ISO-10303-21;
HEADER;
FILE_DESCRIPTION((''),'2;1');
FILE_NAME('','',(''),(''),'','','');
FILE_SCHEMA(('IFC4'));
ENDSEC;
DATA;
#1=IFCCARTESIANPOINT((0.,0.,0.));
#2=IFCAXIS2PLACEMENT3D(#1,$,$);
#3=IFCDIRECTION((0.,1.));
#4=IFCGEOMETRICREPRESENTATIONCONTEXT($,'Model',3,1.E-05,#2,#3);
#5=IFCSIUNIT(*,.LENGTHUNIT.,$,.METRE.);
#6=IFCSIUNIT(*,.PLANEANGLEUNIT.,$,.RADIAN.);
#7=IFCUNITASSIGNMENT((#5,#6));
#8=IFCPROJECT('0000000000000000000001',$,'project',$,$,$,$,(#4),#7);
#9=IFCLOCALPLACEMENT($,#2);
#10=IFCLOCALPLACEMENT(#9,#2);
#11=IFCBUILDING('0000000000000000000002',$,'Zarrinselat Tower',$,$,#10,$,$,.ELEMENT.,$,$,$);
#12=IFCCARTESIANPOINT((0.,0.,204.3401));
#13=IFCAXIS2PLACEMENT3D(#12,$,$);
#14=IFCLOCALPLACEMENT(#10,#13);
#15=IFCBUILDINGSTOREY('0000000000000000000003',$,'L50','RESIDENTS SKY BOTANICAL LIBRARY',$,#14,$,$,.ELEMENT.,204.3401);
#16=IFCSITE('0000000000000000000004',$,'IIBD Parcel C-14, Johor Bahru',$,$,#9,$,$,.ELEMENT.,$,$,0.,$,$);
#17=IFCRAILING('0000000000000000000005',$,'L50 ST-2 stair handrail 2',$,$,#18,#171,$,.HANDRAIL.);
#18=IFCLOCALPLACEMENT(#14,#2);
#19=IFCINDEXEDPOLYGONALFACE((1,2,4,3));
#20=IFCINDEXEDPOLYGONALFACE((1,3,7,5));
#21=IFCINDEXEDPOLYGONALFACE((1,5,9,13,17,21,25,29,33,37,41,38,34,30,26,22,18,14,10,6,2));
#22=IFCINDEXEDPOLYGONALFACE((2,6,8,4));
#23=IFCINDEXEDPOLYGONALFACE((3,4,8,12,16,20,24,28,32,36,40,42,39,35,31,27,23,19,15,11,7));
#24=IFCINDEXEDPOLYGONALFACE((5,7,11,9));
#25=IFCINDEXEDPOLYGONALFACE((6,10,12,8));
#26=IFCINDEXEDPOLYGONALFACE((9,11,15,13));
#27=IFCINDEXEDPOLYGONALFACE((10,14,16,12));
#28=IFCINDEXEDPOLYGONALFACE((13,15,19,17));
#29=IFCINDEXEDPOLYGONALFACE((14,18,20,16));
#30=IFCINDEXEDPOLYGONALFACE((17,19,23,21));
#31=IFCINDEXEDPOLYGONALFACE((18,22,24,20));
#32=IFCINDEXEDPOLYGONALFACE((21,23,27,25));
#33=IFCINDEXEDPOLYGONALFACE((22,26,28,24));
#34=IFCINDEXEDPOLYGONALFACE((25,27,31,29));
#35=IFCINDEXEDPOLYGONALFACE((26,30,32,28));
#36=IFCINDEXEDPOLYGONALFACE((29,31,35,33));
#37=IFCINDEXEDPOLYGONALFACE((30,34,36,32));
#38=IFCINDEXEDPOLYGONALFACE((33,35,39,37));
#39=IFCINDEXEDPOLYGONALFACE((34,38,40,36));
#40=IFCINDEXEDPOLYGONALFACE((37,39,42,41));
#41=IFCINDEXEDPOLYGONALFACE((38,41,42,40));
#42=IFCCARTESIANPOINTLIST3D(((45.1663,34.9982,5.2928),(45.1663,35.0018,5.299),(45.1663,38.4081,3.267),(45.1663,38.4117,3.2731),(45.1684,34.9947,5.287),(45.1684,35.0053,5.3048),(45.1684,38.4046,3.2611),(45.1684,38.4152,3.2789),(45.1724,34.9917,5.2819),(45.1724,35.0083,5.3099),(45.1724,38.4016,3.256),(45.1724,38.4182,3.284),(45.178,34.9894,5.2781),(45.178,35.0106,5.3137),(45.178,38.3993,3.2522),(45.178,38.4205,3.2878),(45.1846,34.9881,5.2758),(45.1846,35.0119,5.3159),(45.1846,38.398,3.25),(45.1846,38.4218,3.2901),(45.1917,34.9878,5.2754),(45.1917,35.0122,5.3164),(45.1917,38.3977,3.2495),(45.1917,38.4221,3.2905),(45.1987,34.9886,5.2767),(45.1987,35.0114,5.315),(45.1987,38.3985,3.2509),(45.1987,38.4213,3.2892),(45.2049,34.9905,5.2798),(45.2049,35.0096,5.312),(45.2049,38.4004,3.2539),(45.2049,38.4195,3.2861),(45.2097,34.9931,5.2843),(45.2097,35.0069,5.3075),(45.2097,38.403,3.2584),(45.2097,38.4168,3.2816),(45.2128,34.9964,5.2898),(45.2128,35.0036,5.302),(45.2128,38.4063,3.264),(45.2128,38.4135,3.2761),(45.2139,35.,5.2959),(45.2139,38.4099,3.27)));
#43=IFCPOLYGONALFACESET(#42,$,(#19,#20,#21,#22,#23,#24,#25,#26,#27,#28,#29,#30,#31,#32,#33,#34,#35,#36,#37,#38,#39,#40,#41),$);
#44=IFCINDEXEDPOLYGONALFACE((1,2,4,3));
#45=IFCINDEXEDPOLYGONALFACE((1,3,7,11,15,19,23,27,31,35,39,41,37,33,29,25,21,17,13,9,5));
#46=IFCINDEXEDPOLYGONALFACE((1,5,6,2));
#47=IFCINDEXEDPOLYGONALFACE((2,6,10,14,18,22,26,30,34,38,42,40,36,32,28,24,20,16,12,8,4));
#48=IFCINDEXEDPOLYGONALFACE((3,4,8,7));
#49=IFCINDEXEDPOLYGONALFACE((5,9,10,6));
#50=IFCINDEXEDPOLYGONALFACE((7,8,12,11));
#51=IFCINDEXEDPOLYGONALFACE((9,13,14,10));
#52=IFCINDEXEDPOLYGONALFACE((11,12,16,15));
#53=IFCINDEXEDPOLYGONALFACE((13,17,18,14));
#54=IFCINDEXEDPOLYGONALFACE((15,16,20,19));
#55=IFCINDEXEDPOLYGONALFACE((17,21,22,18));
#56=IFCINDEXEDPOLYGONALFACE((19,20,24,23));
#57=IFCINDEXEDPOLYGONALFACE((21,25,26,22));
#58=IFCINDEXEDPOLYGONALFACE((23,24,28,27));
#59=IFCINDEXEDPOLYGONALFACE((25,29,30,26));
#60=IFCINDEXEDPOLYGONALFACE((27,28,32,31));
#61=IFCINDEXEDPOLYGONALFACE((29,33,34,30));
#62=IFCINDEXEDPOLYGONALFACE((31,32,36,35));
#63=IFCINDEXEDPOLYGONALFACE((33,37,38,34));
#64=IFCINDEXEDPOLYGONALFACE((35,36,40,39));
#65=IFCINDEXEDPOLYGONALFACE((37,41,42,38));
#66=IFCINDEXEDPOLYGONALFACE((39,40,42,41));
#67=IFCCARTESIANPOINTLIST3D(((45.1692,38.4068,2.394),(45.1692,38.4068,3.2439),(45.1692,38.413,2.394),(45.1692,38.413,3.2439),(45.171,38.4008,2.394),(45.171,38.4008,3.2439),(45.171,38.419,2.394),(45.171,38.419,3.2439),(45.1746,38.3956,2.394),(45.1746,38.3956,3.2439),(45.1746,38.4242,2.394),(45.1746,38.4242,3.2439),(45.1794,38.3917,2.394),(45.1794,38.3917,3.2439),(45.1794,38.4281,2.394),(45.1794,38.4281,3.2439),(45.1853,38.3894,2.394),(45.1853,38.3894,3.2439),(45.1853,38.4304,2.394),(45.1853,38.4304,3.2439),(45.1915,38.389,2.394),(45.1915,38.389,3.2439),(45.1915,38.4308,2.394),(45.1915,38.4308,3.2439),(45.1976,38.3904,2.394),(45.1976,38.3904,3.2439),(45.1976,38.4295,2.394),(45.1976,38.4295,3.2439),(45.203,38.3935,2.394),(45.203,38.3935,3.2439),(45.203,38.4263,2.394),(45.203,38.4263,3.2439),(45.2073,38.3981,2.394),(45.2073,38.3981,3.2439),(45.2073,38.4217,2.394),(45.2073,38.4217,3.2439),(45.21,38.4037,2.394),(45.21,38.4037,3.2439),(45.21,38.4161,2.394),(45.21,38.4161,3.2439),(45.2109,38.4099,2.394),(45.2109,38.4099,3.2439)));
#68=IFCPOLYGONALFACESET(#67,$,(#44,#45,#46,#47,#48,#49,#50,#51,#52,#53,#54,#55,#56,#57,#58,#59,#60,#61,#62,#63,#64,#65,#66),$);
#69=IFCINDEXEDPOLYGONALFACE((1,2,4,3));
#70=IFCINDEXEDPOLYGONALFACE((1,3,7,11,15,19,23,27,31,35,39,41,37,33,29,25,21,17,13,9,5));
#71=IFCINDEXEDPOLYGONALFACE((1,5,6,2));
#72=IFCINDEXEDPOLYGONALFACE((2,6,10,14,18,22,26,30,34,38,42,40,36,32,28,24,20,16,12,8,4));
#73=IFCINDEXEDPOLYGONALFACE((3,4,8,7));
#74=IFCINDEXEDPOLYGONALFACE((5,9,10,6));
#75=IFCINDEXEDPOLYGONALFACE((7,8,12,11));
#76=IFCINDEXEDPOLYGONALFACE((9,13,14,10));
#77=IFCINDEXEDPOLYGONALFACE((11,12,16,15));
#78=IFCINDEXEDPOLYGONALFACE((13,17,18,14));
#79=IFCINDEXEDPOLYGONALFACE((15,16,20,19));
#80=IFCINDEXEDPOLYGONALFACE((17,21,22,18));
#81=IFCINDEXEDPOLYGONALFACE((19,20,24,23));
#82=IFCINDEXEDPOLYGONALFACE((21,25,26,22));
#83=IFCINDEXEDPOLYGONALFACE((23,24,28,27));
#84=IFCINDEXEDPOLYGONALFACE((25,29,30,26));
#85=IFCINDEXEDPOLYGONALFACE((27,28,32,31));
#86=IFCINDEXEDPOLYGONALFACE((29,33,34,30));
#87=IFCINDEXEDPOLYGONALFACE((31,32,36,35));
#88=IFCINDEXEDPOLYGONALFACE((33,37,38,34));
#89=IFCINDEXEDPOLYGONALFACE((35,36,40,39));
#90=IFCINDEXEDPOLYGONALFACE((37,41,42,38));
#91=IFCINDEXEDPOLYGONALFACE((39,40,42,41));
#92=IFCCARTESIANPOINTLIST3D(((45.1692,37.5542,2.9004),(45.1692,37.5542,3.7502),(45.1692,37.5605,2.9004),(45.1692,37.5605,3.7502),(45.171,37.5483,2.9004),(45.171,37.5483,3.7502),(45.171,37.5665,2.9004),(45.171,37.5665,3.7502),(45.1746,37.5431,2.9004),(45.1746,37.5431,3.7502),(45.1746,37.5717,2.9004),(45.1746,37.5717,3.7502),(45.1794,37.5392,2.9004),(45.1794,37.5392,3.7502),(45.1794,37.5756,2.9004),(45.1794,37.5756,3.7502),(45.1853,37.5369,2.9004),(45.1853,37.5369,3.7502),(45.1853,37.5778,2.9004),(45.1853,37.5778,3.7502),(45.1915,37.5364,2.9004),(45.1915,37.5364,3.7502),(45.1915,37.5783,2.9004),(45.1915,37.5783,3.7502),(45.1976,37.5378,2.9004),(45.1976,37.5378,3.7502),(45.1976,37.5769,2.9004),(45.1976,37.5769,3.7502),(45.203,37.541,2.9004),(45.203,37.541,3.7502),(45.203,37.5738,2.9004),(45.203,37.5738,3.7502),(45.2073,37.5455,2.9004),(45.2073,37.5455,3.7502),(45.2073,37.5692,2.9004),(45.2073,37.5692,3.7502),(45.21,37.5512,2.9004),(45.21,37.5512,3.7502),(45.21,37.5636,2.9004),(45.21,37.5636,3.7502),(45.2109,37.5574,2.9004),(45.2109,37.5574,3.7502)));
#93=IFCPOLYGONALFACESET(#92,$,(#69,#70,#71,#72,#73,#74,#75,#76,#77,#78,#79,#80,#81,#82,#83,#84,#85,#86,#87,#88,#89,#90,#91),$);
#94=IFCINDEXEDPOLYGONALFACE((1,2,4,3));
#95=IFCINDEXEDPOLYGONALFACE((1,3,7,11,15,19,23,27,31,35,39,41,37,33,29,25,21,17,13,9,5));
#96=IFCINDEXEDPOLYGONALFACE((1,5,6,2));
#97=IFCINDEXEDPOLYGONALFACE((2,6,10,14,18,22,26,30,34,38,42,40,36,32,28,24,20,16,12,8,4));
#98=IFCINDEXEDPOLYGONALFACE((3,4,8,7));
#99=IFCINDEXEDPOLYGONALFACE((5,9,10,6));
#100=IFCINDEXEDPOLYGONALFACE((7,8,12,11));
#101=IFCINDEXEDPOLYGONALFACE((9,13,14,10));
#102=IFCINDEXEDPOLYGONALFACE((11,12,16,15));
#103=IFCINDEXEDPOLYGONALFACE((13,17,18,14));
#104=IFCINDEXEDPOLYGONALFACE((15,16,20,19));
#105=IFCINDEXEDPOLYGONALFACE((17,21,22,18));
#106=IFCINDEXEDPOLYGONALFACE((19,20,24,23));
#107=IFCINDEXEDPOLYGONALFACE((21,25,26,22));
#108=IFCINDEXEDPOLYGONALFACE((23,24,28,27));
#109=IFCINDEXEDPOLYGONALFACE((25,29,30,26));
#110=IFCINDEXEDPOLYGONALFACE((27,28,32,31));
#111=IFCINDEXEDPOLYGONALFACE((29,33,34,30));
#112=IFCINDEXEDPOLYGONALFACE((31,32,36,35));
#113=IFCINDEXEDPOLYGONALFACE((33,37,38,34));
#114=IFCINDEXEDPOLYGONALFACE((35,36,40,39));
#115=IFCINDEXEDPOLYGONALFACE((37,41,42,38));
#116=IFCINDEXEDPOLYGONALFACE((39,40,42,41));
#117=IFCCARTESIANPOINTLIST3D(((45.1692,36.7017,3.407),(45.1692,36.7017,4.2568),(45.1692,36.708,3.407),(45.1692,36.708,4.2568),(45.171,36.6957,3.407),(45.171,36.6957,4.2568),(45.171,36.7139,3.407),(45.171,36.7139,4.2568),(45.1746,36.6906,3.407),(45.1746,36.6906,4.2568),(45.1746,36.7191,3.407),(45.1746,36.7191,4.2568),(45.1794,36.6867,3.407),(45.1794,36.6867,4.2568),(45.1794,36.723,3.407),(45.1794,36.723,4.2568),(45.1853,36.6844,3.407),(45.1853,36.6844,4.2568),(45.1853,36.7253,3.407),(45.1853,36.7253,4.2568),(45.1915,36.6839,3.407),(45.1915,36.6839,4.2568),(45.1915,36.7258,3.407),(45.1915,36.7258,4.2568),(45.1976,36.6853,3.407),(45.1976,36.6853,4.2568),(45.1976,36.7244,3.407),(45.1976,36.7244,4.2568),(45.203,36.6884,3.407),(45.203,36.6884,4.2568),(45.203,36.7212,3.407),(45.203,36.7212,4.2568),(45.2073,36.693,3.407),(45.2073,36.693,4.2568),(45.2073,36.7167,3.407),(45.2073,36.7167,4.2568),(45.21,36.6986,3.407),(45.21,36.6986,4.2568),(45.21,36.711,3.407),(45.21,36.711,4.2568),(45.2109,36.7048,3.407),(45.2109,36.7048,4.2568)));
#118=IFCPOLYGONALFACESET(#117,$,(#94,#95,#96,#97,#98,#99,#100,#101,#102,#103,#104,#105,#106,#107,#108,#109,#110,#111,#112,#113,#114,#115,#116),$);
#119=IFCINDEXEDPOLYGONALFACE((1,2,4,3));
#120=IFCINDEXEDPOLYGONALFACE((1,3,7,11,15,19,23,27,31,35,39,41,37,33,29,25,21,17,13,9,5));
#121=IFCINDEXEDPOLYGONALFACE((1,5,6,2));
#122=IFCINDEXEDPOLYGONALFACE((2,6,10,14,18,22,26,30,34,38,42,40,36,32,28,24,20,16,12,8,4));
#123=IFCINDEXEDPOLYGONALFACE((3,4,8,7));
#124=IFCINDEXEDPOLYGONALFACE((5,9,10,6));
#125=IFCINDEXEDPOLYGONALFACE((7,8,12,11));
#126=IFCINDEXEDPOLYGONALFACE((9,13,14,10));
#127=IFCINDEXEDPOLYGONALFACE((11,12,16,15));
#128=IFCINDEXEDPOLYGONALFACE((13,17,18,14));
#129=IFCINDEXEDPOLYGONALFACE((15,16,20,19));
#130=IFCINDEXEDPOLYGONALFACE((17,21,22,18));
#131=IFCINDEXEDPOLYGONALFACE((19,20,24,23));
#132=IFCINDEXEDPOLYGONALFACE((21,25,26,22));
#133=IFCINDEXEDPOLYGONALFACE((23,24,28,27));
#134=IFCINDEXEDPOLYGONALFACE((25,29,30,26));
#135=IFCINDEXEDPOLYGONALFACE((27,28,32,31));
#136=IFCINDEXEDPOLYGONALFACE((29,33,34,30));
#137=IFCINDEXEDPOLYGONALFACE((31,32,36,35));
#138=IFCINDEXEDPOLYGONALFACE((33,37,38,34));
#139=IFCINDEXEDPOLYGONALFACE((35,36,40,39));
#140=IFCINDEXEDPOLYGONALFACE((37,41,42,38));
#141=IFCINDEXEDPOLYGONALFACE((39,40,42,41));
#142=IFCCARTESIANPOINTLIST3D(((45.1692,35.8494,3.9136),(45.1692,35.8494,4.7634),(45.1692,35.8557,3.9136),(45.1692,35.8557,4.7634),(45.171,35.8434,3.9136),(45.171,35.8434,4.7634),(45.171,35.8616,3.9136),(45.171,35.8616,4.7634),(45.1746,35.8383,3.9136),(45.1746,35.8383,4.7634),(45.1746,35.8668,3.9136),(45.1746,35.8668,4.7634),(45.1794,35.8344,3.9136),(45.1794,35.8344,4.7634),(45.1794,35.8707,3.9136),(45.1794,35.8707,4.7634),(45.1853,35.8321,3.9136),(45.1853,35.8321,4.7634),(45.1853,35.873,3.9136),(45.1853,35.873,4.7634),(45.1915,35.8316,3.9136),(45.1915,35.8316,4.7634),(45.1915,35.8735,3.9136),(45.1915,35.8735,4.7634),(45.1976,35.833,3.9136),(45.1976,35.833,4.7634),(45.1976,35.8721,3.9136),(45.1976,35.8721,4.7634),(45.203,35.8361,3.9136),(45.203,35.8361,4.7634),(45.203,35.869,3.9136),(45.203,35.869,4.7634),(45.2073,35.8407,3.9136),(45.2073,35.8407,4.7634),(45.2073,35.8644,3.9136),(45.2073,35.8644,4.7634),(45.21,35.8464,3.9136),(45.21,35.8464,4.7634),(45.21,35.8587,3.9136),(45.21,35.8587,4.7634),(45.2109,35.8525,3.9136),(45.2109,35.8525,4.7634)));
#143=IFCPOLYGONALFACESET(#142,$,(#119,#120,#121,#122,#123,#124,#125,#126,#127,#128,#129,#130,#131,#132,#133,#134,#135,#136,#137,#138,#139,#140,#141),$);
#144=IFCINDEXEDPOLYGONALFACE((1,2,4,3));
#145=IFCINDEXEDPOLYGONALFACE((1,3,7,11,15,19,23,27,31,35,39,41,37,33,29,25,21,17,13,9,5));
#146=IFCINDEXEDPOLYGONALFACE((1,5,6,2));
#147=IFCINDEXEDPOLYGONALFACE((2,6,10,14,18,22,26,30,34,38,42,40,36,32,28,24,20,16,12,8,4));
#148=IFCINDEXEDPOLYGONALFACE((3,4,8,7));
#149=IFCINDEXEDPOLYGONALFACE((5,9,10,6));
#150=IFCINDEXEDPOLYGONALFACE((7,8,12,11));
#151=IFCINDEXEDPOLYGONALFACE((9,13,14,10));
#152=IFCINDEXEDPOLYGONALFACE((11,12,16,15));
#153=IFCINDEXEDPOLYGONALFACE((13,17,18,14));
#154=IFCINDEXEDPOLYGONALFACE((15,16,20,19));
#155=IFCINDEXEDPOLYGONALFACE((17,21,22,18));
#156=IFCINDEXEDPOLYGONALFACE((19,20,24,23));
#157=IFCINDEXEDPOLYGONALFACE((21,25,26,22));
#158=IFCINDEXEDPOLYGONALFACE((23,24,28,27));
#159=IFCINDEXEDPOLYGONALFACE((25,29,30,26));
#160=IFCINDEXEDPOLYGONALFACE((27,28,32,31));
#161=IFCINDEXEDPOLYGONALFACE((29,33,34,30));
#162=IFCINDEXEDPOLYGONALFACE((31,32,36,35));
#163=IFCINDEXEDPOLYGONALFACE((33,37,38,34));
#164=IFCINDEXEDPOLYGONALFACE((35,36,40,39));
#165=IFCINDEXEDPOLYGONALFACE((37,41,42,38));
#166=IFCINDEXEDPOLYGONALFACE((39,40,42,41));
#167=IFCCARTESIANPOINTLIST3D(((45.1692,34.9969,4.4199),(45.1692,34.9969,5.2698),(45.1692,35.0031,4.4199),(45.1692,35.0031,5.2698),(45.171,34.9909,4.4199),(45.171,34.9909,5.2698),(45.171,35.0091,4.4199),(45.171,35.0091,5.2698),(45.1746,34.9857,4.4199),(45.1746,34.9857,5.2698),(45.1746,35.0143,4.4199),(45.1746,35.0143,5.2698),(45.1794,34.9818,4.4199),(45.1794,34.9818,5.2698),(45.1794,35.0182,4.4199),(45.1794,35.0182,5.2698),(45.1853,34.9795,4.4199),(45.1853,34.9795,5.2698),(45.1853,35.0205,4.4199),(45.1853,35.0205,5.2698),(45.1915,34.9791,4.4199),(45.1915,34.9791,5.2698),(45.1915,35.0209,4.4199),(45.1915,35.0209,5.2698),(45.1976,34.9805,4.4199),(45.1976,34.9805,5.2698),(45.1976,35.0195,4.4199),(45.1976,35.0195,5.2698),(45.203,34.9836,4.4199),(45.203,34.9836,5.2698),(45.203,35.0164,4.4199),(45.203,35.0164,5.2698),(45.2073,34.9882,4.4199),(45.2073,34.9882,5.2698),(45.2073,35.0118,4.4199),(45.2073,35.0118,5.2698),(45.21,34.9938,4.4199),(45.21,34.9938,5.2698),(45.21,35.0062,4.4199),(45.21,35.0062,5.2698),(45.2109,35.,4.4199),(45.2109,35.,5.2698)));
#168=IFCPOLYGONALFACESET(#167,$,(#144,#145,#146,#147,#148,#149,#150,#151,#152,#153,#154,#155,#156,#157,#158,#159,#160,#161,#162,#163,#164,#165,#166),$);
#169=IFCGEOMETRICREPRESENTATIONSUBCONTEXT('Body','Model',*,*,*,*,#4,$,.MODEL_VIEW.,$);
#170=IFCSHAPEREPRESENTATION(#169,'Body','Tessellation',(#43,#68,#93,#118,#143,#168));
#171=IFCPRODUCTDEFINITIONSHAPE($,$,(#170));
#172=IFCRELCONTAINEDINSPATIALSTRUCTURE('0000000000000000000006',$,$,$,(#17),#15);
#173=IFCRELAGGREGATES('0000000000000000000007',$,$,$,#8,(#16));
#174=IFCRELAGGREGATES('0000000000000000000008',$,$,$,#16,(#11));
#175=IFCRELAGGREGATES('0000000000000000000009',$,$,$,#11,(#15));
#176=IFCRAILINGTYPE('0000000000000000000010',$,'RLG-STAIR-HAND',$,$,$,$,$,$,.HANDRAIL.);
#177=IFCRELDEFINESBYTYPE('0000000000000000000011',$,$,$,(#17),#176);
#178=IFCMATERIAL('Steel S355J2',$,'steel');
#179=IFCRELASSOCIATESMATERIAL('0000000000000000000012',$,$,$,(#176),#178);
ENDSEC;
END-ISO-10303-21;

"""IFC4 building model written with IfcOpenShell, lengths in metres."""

from ifc_helpers import new_model, si_unit, direction, frame, origin, origin_2d, place, context, subcontext, project, spatial, circle, extrude, material, type_object, element, save


model = new_model("IFC4")

# Units and contexts
model_context = context("Model", 3, precision=1e-05, world=origin(), true_north=direction((0.0, 1.0)))
body_context = subcontext(model_context, "Body", "Model", "MODEL_VIEW")
ifc_project = project(units=[si_unit("LENGTHUNIT", "METRE"), si_unit("PLANEANGLEUNIT", "RADIAN")], contexts=[model_context])

# Site, building, storey
site_placement = place(None, origin())
site = spatial("IfcSite", under=ifc_project, at=site_placement, Name="IIBD Parcel C-14, Johor Bahru", CompositionType="ELEMENT", RefElevation=0.0)
building_placement = place(site_placement, origin())
building = spatial("IfcBuilding", under=site, at=building_placement, Name="Zarrinselat Tower", CompositionType="ELEMENT")
storey_placement = place(building_placement, frame((0.0, 0.0, 204.3401)))
storey = spatial("IfcBuildingStorey", under=building, at=storey_placement, Name="L50", Description="RESIDENTS SKY BOTANICAL LIBRARY", CompositionType="ELEMENT", Elevation=204.3401)

# Railing
ifc_material_1 = material(Name="Steel S355J2", Category="steel")
railing_type = type_object("IfcRailingType", Name="RLG-STAIR-HAND", PredefinedType="HANDRAIL", material=ifc_material_1)
railing_placement = place(storey_placement, frame((45.1899, 38.4099, 2.394)))
element("IfcRailing", 1, at=railing_placement, inside=storey, type_object=railing_type, Name="L50 ST-2 stair handrail 2", PredefinedType="HANDRAIL", context=body_context, shape_type="SweptSolid", body=[
    extrude(circle(Radius=0.0239, at=origin_2d()), frame((0.0, 0.0, 0.876), z_axis=(0.0, -0.859717, 0.510771), x_axis=(1.0, 0.0, 0.0)), (0.0, 0.0, 1.0), 3.9663),
    extrude(circle(Radius=0.021, at=origin_2d()), origin(), (0.0, 0.0, 1.0), 0.8499),
    extrude(circle(Radius=0.021, at=origin_2d()), frame((0.0, -0.8525, 0.5063)), (0.0, 0.0, 1.0), 0.8499),
    extrude(circle(Radius=0.021, at=origin_2d()), frame((0.0, -1.7051, 1.0129)), (0.0, 0.0, 1.0), 0.8499),
    extrude(circle(Radius=0.021, at=origin_2d()), frame((0.0, -2.5574, 1.5195)), (0.0, 0.0, 1.0), 0.8499),
    extrude(circle(Radius=0.021, at=origin_2d()), frame((0.0, -3.4099, 2.0259)), (0.0, 0.0, 1.0), 0.8499),
])

save(model, "model.ifc")
